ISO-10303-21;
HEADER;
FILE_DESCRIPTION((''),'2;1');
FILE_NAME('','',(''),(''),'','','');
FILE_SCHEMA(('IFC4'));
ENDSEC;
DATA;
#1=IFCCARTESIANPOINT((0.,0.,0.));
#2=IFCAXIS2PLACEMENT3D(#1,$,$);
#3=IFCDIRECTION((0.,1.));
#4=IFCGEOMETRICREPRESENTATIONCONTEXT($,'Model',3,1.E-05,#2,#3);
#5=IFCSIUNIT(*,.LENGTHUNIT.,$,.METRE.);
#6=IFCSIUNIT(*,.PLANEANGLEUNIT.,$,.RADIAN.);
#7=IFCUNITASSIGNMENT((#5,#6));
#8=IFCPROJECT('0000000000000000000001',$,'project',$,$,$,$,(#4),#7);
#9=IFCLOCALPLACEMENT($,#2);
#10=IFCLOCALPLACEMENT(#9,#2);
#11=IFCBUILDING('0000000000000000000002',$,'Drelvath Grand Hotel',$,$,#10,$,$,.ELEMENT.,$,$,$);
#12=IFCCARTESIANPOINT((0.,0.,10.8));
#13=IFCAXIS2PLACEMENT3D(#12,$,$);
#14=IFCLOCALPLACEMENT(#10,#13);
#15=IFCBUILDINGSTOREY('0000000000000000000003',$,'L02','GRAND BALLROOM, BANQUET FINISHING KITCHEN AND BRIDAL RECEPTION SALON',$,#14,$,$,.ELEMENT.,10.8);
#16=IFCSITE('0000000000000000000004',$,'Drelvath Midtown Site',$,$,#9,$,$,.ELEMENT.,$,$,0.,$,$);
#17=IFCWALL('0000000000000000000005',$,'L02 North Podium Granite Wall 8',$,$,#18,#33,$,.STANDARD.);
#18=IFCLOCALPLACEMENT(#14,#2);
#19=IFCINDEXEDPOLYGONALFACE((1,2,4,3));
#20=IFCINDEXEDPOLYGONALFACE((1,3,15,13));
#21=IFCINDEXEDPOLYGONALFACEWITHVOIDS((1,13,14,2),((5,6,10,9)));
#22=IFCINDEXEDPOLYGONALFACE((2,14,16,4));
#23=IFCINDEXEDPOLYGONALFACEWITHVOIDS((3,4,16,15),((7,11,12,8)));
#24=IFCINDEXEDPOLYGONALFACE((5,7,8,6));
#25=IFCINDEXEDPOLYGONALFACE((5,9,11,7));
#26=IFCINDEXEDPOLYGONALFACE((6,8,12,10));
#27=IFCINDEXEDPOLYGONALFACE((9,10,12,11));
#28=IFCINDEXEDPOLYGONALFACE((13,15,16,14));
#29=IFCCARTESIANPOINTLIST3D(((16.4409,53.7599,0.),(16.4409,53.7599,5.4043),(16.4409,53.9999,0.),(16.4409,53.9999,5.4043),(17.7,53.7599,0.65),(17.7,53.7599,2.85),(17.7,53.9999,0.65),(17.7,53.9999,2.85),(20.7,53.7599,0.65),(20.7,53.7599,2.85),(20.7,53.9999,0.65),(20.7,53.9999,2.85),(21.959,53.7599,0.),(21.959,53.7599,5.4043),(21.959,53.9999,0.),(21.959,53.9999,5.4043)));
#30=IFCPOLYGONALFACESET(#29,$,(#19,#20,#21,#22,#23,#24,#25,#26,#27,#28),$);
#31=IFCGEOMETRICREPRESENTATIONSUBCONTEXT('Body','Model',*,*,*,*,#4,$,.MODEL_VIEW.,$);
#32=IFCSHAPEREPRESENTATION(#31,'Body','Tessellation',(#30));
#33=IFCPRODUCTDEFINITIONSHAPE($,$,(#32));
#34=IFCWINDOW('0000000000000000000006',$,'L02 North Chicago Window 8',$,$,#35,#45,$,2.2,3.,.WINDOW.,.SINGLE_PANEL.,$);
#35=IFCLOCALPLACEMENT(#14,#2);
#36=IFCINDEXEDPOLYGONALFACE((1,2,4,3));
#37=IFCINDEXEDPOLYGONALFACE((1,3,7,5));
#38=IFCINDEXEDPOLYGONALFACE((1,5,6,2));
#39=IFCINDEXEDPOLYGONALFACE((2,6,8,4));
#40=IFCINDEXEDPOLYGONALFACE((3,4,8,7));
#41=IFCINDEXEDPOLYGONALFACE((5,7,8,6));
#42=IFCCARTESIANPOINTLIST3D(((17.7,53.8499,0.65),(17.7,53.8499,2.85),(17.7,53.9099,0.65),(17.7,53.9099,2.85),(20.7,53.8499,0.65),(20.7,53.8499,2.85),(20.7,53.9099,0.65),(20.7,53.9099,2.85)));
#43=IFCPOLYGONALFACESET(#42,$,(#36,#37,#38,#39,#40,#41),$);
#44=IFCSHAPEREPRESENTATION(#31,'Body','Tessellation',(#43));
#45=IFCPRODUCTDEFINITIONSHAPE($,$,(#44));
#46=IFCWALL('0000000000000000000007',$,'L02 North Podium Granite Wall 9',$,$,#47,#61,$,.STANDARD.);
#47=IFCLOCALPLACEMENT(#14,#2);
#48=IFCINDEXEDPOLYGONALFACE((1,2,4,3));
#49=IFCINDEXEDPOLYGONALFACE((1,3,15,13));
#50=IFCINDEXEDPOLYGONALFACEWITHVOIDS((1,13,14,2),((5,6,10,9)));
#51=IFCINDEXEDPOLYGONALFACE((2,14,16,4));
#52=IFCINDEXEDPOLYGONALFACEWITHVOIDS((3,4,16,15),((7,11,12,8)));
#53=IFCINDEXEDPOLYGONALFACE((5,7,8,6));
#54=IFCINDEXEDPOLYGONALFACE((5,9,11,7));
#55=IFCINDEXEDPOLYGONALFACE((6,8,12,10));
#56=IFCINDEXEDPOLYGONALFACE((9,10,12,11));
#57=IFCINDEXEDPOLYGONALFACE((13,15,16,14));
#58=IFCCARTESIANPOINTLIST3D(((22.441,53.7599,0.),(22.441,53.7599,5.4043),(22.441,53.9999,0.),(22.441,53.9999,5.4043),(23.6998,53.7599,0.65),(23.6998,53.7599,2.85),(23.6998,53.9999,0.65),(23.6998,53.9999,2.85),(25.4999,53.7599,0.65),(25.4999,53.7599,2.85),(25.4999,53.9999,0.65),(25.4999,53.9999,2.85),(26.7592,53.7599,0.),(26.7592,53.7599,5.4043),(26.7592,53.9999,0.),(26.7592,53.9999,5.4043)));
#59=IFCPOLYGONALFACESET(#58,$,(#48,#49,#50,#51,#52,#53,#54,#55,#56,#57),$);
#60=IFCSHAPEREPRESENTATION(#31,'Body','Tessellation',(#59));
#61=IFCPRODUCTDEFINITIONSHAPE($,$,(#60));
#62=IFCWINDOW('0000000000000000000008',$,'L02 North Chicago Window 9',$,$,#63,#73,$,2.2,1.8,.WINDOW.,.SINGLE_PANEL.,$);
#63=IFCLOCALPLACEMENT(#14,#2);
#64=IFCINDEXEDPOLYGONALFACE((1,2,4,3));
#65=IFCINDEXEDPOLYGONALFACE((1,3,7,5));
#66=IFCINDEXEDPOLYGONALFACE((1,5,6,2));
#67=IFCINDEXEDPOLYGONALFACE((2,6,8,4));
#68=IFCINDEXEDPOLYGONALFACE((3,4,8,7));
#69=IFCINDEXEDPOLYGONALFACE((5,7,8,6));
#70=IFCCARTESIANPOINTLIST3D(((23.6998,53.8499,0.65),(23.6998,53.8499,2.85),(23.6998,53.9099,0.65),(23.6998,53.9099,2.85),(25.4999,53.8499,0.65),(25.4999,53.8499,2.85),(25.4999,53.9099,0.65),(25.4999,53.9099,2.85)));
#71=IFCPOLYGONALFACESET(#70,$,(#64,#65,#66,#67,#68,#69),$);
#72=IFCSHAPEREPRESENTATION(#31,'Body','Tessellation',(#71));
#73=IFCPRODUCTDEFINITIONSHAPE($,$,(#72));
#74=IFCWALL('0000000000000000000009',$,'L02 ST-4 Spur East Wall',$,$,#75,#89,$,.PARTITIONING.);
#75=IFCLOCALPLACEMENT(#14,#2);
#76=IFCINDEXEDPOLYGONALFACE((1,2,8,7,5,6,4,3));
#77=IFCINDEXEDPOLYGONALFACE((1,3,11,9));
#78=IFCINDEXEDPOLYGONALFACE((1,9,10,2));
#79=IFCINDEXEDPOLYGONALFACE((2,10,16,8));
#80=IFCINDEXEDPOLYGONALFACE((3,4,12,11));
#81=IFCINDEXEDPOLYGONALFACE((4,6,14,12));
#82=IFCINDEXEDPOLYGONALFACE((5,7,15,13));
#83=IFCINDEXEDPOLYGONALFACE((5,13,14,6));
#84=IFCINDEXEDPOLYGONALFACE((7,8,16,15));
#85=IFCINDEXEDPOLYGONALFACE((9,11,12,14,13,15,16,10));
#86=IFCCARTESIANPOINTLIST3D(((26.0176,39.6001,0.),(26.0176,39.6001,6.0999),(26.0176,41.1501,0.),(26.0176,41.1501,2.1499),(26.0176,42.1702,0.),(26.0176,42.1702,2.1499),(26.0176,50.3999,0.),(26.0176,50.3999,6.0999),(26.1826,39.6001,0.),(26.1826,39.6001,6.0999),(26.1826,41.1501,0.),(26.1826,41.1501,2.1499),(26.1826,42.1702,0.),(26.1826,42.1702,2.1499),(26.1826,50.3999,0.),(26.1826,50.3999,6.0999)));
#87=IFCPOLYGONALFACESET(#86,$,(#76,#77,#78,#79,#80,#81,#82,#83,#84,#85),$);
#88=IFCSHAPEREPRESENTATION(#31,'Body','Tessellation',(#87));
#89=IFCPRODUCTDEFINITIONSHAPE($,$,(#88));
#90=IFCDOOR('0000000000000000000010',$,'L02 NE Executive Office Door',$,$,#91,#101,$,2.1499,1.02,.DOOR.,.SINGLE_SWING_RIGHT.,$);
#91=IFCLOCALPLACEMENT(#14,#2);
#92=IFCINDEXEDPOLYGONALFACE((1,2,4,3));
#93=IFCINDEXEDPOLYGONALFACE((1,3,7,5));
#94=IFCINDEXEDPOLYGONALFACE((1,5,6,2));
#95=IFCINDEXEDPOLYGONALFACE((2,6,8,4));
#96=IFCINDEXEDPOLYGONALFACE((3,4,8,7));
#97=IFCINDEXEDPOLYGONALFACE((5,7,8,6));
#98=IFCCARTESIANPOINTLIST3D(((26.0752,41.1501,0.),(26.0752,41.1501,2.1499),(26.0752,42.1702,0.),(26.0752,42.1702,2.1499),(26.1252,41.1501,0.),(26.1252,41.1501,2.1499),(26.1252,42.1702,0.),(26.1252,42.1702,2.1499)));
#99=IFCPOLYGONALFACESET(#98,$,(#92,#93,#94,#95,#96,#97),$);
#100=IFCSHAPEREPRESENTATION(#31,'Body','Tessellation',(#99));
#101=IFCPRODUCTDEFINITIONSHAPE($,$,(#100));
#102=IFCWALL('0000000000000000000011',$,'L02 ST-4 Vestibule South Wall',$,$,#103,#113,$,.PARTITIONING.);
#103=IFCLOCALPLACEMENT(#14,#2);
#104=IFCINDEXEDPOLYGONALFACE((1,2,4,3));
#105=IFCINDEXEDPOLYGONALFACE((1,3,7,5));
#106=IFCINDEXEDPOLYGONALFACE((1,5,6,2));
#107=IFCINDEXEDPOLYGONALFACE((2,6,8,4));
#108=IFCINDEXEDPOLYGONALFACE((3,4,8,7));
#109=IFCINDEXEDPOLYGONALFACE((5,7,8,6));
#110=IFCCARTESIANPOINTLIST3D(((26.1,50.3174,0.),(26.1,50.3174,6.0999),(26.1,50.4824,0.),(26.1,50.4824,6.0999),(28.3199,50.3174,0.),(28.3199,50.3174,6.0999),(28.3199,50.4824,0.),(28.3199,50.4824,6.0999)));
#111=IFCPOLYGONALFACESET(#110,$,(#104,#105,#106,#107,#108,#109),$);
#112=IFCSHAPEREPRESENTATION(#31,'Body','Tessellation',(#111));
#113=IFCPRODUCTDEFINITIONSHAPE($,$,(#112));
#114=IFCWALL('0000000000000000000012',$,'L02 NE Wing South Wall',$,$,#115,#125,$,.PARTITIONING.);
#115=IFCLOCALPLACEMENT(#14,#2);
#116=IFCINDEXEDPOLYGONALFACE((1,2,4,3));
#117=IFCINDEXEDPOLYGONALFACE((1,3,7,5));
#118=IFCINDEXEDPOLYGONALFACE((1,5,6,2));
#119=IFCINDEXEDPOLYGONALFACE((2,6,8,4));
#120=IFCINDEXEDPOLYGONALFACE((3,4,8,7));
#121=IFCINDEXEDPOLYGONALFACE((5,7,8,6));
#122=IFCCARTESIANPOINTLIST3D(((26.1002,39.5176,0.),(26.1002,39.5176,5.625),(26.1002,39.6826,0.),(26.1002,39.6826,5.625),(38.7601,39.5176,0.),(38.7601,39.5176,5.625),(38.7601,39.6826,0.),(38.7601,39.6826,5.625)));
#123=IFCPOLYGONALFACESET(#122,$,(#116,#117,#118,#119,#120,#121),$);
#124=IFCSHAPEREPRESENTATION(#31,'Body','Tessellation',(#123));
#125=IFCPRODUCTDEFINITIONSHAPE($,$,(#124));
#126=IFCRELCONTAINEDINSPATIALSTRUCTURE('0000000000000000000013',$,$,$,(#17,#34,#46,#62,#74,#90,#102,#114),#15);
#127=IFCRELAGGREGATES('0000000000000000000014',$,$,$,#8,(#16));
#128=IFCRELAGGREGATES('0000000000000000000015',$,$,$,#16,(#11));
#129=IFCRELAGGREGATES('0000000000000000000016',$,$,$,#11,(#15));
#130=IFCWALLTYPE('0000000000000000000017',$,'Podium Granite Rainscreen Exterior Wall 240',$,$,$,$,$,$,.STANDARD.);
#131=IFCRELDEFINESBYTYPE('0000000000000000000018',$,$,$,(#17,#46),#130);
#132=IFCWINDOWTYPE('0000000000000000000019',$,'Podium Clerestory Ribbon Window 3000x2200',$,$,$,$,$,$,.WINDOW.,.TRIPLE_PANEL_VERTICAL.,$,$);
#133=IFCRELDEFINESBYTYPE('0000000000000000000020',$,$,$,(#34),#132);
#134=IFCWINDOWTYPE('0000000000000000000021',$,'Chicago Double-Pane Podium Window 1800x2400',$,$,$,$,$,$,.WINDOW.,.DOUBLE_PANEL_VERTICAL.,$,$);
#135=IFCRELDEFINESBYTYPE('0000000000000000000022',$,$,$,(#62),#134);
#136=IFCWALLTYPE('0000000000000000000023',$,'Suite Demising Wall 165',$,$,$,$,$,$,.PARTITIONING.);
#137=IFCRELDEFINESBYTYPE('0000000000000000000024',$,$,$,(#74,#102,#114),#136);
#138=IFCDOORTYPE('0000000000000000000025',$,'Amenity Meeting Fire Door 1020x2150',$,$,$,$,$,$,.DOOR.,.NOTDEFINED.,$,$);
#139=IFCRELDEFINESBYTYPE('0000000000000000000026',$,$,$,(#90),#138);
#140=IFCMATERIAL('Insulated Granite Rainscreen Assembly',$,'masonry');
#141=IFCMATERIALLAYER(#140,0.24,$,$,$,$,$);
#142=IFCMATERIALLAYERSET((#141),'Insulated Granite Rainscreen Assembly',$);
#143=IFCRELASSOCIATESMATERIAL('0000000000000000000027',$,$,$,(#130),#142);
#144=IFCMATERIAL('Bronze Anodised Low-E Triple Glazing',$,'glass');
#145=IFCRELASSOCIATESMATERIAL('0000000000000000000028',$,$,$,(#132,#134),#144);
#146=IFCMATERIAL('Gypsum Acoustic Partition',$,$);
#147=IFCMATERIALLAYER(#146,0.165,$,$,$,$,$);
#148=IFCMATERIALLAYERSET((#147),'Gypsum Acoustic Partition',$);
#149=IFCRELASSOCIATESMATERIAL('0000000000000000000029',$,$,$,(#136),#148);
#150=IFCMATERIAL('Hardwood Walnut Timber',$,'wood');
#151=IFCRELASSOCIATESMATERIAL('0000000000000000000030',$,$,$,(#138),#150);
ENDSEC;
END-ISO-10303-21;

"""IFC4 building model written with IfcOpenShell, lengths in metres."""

from ifc_helpers import new_model, si_unit, direction, frame, frame_2d, origin, place, context, subcontext, project, spatial, rectangle, extrude, material, layer, layer_set, type_object, element, fill, save


model = new_model("IFC4")

# Units and contexts
model_context = context("Model", 3, precision=1e-05, world=origin(), true_north=direction((0.0, 1.0)))
body_context = subcontext(model_context, "Body", "Model", "MODEL_VIEW")
ifc_project = project(units=[si_unit("LENGTHUNIT", "METRE"), si_unit("PLANEANGLEUNIT", "RADIAN")], contexts=[model_context])

# Site, building, storey
site_placement = place(None, origin())
site = spatial("IfcSite", under=ifc_project, at=site_placement, Name="Drelvath Midtown Site", CompositionType="ELEMENT", RefElevation=0.0)
building_placement = place(site_placement, origin())
building = spatial("IfcBuilding", under=site, at=building_placement, Name="Drelvath Grand Hotel", CompositionType="ELEMENT")
storey_placement = place(building_placement, frame((0.0, 0.0, 10.8)))
storey = spatial("IfcBuildingStorey", under=building, at=storey_placement, Name="L02", Description="GRAND BALLROOM, BANQUET FINISHING KITCHEN AND BRIDAL RECEPTION SALON", CompositionType="ELEMENT", Elevation=10.8)

# Shared definitions
ifc_material_1 = material(Name="Gypsum Acoustic Partition")

# Walls, openings, windows
ifc_material_2 = material(Name="Insulated Granite Rainscreen Assembly", Category="masonry")
ifc_layer_1 = layer(ifc_material_2, 0.24)
ifc_layer_set_1 = layer_set([ifc_layer_1], Name="Insulated Granite Rainscreen Assembly")
wall_type_1 = type_object("IfcWallType", Name="Podium Granite Rainscreen Exterior Wall 240", PredefinedType="STANDARD", material=ifc_layer_set_1)
ifc_material_3 = material(Name="Bronze Anodised Low-E Triple Glazing", Category="glass")
window_type_1 = type_object("IfcWindowType", Name="Podium Clerestory Ribbon Window 3000x2200", PartitioningType="TRIPLE_PANEL_VERTICAL", PredefinedType="WINDOW", material=ifc_material_3)
wall_1_placement = place(storey_placement, frame((16.4409, 53.8799, 0.0), z_axis=(0.0, 0.0, 1.0), x_axis=(1.0, 0.0, 0.0)))
wall_1 = element("IfcWall", 1, at=wall_1_placement, inside=storey, type_object=wall_type_1, Name="L02 North Podium Granite Wall 8", PredefinedType="STANDARD", context=body_context, shape_type="SweptSolid", body=[
    extrude(rectangle(XDim=5.5181, YDim=0.24, at=frame_2d((2.759, 0.0))), origin(), (0.0, 0.0, 1.0), 5.4043),
])
opening_1_placement = place(wall_1_placement, frame((1.259, 0.0, 0.6499)))
opening_1 = element("IfcOpeningElement", 2, at=opening_1_placement, cuts=wall_1, PredefinedType="OPENING", context=body_context, shape_type="SweptSolid", body=[
    extrude(rectangle(XDim=3.0, YDim=2.2, at=frame_2d((1.5, 1.1001))), frame((0.0, 0.1299, 0.0), z_axis=(0.0, -1.0, 0.0), x_axis=(1.0, 0.0, 0.0)), (0.0, 0.0, 1.0), 0.26),
])
window_1_placement = place(opening_1_placement, origin())
window_1 = element("IfcWindow", 3, at=window_1_placement, inside=storey, type_object=window_type_1, Name="L02 North Chicago Window 8", OverallHeight=2.2, OverallWidth=3.0, PartitioningType="SINGLE_PANEL", PredefinedType="WINDOW", context=body_context, shape_type="SweptSolid", body=[
    extrude(rectangle(XDim=3.0, YDim=2.2, at=frame_2d((1.5, 1.1001))), frame((0.0, 0.03, 0.0), z_axis=(0.0, -1.0, 0.0), x_axis=(1.0, 0.0, 0.0)), (0.0, 0.0, 1.0), 0.0601),
])
fill(opening_1, window_1)
wall_2_placement = place(storey_placement, frame((22.4409, 53.8799, 0.0), z_axis=(0.0, 0.0, 1.0), x_axis=(1.0, 0.0, 0.0)))
wall_2 = element("IfcWall", 4, at=wall_2_placement, inside=storey, type_object=wall_type_1, Name="L02 North Podium Granite Wall 9", PredefinedType="STANDARD", context=body_context, shape_type="SweptSolid", body=[
    extrude(rectangle(XDim=4.3181, YDim=0.24, at=frame_2d((2.1592, 0.0))), origin(), (0.0, 0.0, 1.0), 5.4043),
])
opening_2_placement = place(wall_2_placement, frame((1.259, 0.0, 0.6499)))
opening_2 = element("IfcOpeningElement", 5, at=opening_2_placement, cuts=wall_2, PredefinedType="OPENING", context=body_context, shape_type="SweptSolid", body=[
    extrude(rectangle(XDim=1.8, YDim=2.2, at=frame_2d((0.8999, 1.1001))), frame((0.0, 0.1299, 0.0), z_axis=(0.0, -1.0, 0.0), x_axis=(1.0, 0.0, 0.0)), (0.0, 0.0, 1.0), 0.26),
])
window_type_2 = type_object("IfcWindowType", Name="Chicago Double-Pane Podium Window 1800x2400", PartitioningType="DOUBLE_PANEL_VERTICAL", PredefinedType="WINDOW", material=ifc_material_3)
window_2_placement = place(opening_2_placement, origin())
window_2 = element("IfcWindow", 6, at=window_2_placement, inside=storey, type_object=window_type_2, Name="L02 North Chicago Window 9", OverallHeight=2.2, OverallWidth=1.8, PartitioningType="SINGLE_PANEL", PredefinedType="WINDOW", context=body_context, shape_type="SweptSolid", body=[
    extrude(rectangle(XDim=1.8, YDim=2.2, at=frame_2d((0.8999, 1.1001))), frame((0.0, 0.03, 0.0), z_axis=(0.0, -1.0, 0.0), x_axis=(1.0, 0.0, 0.0)), (0.0, 0.0, 1.0), 0.0601),
])
fill(opening_2, window_2)

# Wall, opening, door
ifc_layer_2 = layer(ifc_material_1, 0.165)
ifc_layer_set_2 = layer_set([ifc_layer_2], Name="Gypsum Acoustic Partition")
wall_type_2 = type_object("IfcWallType", Name="Suite Demising Wall 165", PredefinedType="PARTITIONING", material=ifc_layer_set_2)
wall_3_placement = place(storey_placement, frame((26.1001, 39.6001, 0.0), z_axis=(0.0, 0.0, 1.0), x_axis=(0.0, 1.0, 0.0)))
wall_3 = element("IfcWall", 7, at=wall_3_placement, inside=storey, type_object=wall_type_2, Name="L02 ST-4 Spur East Wall", PredefinedType="PARTITIONING", context=body_context, shape_type="SweptSolid", body=[
    extrude(rectangle(XDim=10.7998, YDim=0.165, at=frame_2d((5.3999, 0.0))), origin(), (0.0, 0.0, 1.0), 6.0999),
])
opening_3_placement = place(wall_3_placement, frame((1.55, 0.0, 0.0)))
opening_3 = element("IfcOpeningElement", 8, at=opening_3_placement, cuts=wall_3, PredefinedType="OPENING", context=body_context, shape_type="SweptSolid", body=[
    extrude(rectangle(XDim=1.02, YDim=2.1499, at=frame_2d((0.51, 1.075))), frame((0.0, 0.0925, 0.0), z_axis=(0.0, -1.0, 0.0), x_axis=(1.0, 0.0, 0.0)), (0.0, 0.0, 1.0), 0.1851),
])
ifc_material_4 = material(Name="Hardwood Walnut Timber", Category="wood")
door_type = type_object("IfcDoorType", Name="Amenity Meeting Fire Door 1020x2150", OperationType="NOTDEFINED", PredefinedType="DOOR", material=ifc_material_4)
door_placement = place(opening_3_placement, origin())
door = element("IfcDoor", 9, at=door_placement, inside=storey, type_object=door_type, Name="L02 NE Executive Office Door", OperationType="SINGLE_SWING_RIGHT", OverallHeight=2.1499, OverallWidth=1.02, PredefinedType="DOOR", context=body_context, shape_type="SweptSolid", body=[
    extrude(rectangle(XDim=1.02, YDim=2.1499, at=frame_2d((0.51, 1.075))), frame((0.0, 0.0249, 0.0), z_axis=(0.0, -1.0, 0.0), x_axis=(1.0, 0.0, 0.0)), (0.0, 0.0, 1.0), 0.05),
])
fill(opening_3, door)

# Walls
wall_4_placement = place(storey_placement, frame((26.1001, 50.3999, 0.0), z_axis=(0.0, 0.0, 1.0), x_axis=(1.0, 0.0, 0.0)))
element("IfcWall", 10, at=wall_4_placement, inside=storey, type_object=wall_type_2, Name="L02 ST-4 Vestibule South Wall", PredefinedType="PARTITIONING", context=body_context, shape_type="SweptSolid", body=[
    extrude(rectangle(XDim=2.22, YDim=0.165, at=frame_2d((1.1099, 0.0))), origin(), (0.0, 0.0, 1.0), 6.0999),
])
wall_5_placement = place(storey_placement, frame((26.1001, 39.6001, 0.0), z_axis=(0.0, 0.0, 1.0), x_axis=(1.0, 0.0, 0.0)))
element("IfcWall", 11, at=wall_5_placement, inside=storey, type_object=wall_type_2, Name="L02 NE Wing South Wall", PredefinedType="PARTITIONING", context=body_context, shape_type="SweptSolid", body=[
    extrude(rectangle(XDim=12.6599, YDim=0.165, at=frame_2d((6.3301, 0.0))), origin(), (0.0, 0.0, 1.0), 5.625),
])

save(model, "model.ifc")
